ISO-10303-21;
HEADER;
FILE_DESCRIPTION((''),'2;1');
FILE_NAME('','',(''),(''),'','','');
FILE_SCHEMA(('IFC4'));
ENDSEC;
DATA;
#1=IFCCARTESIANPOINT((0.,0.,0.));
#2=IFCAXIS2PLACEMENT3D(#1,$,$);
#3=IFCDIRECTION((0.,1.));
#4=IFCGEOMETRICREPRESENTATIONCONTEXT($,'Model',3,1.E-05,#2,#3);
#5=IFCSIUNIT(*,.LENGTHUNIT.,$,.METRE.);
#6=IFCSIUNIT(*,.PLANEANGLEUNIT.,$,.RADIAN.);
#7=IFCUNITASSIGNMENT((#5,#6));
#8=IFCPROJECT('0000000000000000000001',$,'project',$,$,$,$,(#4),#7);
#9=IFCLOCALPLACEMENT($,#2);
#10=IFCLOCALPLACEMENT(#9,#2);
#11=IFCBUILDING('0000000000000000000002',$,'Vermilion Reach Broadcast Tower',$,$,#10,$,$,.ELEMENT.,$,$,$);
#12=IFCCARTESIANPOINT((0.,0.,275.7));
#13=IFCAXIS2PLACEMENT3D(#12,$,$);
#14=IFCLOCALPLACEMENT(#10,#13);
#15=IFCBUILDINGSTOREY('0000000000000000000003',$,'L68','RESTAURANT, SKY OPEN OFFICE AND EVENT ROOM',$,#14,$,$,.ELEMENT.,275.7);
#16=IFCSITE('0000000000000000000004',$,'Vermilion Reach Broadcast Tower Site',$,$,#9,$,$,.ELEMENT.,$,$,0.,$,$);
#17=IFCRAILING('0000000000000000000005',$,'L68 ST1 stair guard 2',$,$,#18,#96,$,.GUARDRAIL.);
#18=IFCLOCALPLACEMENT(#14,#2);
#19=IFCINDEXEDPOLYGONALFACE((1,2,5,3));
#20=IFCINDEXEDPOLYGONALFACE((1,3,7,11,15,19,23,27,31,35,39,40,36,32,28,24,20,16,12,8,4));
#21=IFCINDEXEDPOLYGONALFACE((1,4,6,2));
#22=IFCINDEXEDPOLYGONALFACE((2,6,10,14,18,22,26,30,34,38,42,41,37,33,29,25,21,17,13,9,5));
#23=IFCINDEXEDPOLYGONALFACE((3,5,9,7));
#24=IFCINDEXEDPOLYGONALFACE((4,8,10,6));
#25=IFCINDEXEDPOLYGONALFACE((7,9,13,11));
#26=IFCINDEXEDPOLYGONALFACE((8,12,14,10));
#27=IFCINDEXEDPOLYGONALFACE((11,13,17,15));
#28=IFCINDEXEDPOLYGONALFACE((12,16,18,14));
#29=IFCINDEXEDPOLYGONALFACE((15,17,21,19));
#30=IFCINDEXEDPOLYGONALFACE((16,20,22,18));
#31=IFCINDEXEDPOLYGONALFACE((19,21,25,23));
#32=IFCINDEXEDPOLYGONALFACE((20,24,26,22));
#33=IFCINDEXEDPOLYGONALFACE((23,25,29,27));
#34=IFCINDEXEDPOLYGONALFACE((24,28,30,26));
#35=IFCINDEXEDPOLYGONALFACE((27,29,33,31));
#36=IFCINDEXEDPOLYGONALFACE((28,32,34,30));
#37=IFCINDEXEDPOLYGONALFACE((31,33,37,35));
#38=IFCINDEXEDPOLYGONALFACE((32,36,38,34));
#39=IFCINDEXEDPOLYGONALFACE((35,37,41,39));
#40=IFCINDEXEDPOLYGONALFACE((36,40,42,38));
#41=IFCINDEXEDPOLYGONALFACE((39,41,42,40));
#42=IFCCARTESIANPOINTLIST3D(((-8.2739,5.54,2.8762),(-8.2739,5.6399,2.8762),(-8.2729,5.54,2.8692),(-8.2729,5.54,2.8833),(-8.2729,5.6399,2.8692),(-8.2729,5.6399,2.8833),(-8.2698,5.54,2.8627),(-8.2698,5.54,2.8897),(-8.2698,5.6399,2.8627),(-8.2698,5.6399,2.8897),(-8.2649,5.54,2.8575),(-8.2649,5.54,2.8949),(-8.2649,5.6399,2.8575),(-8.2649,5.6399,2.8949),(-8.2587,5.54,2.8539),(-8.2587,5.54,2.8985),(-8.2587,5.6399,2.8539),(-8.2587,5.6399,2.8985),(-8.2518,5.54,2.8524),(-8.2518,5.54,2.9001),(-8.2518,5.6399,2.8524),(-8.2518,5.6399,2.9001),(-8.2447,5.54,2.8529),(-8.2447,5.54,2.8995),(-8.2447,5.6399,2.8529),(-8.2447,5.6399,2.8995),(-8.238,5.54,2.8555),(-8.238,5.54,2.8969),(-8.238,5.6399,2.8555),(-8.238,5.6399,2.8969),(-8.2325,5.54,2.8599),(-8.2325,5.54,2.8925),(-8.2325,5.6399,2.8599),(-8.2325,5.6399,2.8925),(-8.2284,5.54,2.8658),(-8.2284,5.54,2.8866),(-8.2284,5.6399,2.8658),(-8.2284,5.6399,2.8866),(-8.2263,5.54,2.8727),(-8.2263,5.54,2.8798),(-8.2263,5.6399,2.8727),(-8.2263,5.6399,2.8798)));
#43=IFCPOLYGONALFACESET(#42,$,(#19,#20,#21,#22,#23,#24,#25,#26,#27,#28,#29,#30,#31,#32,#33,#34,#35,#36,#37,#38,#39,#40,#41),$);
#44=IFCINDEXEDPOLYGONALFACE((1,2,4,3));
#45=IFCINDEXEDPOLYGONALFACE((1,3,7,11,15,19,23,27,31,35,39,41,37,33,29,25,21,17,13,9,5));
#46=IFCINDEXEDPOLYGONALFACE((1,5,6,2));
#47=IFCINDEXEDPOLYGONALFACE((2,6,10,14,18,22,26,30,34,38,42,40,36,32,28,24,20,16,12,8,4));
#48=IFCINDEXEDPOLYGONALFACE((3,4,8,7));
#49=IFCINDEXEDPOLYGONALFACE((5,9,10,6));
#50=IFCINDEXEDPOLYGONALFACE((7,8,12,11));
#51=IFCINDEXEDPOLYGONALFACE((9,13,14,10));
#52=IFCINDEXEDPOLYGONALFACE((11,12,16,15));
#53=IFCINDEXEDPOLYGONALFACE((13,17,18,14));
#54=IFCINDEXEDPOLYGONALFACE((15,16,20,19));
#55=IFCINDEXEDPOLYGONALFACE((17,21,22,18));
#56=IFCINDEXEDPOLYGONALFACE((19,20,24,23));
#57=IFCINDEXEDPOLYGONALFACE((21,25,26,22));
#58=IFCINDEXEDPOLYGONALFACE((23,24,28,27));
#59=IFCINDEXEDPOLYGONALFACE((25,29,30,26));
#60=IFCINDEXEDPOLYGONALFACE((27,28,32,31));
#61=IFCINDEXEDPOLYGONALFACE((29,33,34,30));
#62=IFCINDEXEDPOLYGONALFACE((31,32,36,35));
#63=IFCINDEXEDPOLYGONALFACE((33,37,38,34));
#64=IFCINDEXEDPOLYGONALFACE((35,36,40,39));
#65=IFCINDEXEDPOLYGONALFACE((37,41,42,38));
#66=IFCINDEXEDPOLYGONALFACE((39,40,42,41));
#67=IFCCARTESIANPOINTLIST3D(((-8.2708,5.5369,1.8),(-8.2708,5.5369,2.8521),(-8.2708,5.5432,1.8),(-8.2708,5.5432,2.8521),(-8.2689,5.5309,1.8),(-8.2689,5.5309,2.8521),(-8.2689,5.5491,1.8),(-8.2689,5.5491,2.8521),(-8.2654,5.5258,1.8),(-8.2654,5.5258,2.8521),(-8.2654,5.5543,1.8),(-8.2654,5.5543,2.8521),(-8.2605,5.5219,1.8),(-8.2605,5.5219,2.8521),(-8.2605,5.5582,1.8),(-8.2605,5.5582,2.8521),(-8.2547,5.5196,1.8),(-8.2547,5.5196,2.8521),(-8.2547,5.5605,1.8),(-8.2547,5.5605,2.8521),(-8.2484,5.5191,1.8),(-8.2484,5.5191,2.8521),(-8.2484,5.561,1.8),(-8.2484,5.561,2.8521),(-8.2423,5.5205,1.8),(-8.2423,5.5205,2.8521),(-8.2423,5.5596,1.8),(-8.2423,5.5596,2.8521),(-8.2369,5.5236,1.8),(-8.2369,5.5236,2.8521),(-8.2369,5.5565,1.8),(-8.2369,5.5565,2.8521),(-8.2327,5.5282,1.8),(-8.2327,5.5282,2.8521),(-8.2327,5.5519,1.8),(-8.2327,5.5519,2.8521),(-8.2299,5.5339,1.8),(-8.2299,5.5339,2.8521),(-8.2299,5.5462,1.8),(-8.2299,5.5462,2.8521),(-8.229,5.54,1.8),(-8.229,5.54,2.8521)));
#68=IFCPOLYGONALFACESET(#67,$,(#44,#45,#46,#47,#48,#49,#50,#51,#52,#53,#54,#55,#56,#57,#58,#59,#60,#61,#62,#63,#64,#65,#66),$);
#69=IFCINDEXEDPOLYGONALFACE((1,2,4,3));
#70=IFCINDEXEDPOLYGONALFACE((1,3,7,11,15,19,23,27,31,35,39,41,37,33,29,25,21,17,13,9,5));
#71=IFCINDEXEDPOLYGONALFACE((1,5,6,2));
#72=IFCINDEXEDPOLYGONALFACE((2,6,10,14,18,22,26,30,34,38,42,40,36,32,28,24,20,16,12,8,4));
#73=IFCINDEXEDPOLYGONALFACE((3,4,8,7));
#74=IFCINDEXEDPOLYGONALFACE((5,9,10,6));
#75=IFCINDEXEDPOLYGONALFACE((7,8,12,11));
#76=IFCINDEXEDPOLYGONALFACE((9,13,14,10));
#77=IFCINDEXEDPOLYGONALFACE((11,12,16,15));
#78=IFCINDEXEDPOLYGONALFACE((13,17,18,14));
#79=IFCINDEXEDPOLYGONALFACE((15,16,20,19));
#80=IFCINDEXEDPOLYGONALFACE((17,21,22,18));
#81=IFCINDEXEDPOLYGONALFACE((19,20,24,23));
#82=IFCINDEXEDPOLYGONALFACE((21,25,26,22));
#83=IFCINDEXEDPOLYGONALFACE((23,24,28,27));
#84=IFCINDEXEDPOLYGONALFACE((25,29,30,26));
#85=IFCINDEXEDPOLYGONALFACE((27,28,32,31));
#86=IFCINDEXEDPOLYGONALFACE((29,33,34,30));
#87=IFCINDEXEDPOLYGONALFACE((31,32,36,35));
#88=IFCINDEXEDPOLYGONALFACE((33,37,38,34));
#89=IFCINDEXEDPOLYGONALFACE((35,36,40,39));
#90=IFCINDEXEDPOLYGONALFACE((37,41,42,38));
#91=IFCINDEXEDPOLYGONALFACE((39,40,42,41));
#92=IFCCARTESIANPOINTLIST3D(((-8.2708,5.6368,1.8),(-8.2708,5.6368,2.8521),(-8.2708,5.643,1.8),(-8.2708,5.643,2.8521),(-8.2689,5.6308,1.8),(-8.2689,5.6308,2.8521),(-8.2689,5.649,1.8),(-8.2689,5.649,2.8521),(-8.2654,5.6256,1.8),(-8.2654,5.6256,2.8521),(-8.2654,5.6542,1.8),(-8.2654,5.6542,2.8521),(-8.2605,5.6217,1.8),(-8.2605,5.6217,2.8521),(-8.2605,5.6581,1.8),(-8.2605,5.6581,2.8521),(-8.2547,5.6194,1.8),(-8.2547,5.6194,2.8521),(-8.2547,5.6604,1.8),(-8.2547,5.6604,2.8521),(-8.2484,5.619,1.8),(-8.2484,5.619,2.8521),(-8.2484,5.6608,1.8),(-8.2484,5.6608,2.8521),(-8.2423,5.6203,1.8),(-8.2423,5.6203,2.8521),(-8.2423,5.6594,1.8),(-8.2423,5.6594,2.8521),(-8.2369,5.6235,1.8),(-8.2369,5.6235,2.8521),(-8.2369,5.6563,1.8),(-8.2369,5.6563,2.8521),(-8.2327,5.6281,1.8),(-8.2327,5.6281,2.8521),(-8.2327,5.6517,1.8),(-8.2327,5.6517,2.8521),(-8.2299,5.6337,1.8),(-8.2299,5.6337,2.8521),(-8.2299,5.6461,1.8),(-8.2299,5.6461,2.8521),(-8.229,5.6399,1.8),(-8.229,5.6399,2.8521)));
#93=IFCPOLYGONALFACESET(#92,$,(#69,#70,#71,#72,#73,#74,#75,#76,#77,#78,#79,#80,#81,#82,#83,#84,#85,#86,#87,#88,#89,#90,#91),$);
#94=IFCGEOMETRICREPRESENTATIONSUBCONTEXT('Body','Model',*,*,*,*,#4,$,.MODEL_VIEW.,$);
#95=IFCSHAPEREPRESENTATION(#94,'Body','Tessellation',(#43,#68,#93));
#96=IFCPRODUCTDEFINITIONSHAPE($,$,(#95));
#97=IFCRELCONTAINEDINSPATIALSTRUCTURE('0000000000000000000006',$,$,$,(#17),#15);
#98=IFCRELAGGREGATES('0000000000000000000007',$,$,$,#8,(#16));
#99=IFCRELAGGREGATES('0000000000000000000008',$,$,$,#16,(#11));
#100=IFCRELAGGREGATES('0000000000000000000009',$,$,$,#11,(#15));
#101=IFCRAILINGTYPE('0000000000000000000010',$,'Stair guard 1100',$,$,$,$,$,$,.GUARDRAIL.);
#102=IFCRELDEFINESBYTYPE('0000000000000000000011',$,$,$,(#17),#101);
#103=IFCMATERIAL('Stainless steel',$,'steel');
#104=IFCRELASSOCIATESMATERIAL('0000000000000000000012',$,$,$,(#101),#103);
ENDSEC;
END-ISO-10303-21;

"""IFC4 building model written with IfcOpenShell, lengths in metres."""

from ifc_helpers import new_model, si_unit, direction, frame, origin, origin_2d, place, context, subcontext, project, spatial, circle, extrude, material, type_object, element, save


model = new_model("IFC4")

# Units and contexts
model_context = context("Model", 3, precision=1e-05, world=origin(), true_north=direction((0.0, 1.0)))
body_context = subcontext(model_context, "Body", "Model", "MODEL_VIEW")
ifc_project = project(units=[si_unit("LENGTHUNIT", "METRE"), si_unit("PLANEANGLEUNIT", "RADIAN")], contexts=[model_context])

# Site, building, storey
site_placement = place(None, origin())
site = spatial("IfcSite", under=ifc_project, at=site_placement, Name="Vermilion Reach Broadcast Tower Site", CompositionType="ELEMENT", RefElevation=0.0)
building_placement = place(site_placement, origin())
building = spatial("IfcBuilding", under=site, at=building_placement, Name="Vermilion Reach Broadcast Tower", CompositionType="ELEMENT")
storey_placement = place(building_placement, frame((0.0, 0.0, 275.7)))
storey = spatial("IfcBuildingStorey", under=building, at=storey_placement, Name="L68", Description="RESTAURANT, SKY OPEN OFFICE AND EVENT ROOM", CompositionType="ELEMENT", Elevation=275.7)

# Railing
ifc_material_1 = material(Name="Stainless steel", Category="steel")
railing_type_1 = type_object("IfcRailingType", Name="Stair guard 1100", PredefinedType="GUARDRAIL", material=ifc_material_1)
railing_1_placement = place(storey_placement, frame((-8.25, 5.54, 1.8)))
element("IfcRailing", 1, at=railing_1_placement, inside=storey, type_object=railing_type_1, Name="L68 ST1 stair guard 2", PredefinedType="GUARDRAIL", context=body_context, shape_type="SweptSolid", body=[
    extrude(circle(Radius=0.0239, at=origin_2d()), frame((0.0, 0.0, 1.0762), z_axis=(0.0, 1.0, 0.0), x_axis=(-1.0, 0.0, 0.0)), (0.0, 0.0, 1.0), 0.0999),
    extrude(circle(Radius=0.021, at=origin_2d()), origin(), (0.0, 0.0, 1.0), 1.052),
    extrude(circle(Radius=0.021, at=origin_2d()), frame((0.0, 0.0999, 0.0)), (0.0, 0.0, 1.0), 1.052),
])

save(model, "model.ifc")
